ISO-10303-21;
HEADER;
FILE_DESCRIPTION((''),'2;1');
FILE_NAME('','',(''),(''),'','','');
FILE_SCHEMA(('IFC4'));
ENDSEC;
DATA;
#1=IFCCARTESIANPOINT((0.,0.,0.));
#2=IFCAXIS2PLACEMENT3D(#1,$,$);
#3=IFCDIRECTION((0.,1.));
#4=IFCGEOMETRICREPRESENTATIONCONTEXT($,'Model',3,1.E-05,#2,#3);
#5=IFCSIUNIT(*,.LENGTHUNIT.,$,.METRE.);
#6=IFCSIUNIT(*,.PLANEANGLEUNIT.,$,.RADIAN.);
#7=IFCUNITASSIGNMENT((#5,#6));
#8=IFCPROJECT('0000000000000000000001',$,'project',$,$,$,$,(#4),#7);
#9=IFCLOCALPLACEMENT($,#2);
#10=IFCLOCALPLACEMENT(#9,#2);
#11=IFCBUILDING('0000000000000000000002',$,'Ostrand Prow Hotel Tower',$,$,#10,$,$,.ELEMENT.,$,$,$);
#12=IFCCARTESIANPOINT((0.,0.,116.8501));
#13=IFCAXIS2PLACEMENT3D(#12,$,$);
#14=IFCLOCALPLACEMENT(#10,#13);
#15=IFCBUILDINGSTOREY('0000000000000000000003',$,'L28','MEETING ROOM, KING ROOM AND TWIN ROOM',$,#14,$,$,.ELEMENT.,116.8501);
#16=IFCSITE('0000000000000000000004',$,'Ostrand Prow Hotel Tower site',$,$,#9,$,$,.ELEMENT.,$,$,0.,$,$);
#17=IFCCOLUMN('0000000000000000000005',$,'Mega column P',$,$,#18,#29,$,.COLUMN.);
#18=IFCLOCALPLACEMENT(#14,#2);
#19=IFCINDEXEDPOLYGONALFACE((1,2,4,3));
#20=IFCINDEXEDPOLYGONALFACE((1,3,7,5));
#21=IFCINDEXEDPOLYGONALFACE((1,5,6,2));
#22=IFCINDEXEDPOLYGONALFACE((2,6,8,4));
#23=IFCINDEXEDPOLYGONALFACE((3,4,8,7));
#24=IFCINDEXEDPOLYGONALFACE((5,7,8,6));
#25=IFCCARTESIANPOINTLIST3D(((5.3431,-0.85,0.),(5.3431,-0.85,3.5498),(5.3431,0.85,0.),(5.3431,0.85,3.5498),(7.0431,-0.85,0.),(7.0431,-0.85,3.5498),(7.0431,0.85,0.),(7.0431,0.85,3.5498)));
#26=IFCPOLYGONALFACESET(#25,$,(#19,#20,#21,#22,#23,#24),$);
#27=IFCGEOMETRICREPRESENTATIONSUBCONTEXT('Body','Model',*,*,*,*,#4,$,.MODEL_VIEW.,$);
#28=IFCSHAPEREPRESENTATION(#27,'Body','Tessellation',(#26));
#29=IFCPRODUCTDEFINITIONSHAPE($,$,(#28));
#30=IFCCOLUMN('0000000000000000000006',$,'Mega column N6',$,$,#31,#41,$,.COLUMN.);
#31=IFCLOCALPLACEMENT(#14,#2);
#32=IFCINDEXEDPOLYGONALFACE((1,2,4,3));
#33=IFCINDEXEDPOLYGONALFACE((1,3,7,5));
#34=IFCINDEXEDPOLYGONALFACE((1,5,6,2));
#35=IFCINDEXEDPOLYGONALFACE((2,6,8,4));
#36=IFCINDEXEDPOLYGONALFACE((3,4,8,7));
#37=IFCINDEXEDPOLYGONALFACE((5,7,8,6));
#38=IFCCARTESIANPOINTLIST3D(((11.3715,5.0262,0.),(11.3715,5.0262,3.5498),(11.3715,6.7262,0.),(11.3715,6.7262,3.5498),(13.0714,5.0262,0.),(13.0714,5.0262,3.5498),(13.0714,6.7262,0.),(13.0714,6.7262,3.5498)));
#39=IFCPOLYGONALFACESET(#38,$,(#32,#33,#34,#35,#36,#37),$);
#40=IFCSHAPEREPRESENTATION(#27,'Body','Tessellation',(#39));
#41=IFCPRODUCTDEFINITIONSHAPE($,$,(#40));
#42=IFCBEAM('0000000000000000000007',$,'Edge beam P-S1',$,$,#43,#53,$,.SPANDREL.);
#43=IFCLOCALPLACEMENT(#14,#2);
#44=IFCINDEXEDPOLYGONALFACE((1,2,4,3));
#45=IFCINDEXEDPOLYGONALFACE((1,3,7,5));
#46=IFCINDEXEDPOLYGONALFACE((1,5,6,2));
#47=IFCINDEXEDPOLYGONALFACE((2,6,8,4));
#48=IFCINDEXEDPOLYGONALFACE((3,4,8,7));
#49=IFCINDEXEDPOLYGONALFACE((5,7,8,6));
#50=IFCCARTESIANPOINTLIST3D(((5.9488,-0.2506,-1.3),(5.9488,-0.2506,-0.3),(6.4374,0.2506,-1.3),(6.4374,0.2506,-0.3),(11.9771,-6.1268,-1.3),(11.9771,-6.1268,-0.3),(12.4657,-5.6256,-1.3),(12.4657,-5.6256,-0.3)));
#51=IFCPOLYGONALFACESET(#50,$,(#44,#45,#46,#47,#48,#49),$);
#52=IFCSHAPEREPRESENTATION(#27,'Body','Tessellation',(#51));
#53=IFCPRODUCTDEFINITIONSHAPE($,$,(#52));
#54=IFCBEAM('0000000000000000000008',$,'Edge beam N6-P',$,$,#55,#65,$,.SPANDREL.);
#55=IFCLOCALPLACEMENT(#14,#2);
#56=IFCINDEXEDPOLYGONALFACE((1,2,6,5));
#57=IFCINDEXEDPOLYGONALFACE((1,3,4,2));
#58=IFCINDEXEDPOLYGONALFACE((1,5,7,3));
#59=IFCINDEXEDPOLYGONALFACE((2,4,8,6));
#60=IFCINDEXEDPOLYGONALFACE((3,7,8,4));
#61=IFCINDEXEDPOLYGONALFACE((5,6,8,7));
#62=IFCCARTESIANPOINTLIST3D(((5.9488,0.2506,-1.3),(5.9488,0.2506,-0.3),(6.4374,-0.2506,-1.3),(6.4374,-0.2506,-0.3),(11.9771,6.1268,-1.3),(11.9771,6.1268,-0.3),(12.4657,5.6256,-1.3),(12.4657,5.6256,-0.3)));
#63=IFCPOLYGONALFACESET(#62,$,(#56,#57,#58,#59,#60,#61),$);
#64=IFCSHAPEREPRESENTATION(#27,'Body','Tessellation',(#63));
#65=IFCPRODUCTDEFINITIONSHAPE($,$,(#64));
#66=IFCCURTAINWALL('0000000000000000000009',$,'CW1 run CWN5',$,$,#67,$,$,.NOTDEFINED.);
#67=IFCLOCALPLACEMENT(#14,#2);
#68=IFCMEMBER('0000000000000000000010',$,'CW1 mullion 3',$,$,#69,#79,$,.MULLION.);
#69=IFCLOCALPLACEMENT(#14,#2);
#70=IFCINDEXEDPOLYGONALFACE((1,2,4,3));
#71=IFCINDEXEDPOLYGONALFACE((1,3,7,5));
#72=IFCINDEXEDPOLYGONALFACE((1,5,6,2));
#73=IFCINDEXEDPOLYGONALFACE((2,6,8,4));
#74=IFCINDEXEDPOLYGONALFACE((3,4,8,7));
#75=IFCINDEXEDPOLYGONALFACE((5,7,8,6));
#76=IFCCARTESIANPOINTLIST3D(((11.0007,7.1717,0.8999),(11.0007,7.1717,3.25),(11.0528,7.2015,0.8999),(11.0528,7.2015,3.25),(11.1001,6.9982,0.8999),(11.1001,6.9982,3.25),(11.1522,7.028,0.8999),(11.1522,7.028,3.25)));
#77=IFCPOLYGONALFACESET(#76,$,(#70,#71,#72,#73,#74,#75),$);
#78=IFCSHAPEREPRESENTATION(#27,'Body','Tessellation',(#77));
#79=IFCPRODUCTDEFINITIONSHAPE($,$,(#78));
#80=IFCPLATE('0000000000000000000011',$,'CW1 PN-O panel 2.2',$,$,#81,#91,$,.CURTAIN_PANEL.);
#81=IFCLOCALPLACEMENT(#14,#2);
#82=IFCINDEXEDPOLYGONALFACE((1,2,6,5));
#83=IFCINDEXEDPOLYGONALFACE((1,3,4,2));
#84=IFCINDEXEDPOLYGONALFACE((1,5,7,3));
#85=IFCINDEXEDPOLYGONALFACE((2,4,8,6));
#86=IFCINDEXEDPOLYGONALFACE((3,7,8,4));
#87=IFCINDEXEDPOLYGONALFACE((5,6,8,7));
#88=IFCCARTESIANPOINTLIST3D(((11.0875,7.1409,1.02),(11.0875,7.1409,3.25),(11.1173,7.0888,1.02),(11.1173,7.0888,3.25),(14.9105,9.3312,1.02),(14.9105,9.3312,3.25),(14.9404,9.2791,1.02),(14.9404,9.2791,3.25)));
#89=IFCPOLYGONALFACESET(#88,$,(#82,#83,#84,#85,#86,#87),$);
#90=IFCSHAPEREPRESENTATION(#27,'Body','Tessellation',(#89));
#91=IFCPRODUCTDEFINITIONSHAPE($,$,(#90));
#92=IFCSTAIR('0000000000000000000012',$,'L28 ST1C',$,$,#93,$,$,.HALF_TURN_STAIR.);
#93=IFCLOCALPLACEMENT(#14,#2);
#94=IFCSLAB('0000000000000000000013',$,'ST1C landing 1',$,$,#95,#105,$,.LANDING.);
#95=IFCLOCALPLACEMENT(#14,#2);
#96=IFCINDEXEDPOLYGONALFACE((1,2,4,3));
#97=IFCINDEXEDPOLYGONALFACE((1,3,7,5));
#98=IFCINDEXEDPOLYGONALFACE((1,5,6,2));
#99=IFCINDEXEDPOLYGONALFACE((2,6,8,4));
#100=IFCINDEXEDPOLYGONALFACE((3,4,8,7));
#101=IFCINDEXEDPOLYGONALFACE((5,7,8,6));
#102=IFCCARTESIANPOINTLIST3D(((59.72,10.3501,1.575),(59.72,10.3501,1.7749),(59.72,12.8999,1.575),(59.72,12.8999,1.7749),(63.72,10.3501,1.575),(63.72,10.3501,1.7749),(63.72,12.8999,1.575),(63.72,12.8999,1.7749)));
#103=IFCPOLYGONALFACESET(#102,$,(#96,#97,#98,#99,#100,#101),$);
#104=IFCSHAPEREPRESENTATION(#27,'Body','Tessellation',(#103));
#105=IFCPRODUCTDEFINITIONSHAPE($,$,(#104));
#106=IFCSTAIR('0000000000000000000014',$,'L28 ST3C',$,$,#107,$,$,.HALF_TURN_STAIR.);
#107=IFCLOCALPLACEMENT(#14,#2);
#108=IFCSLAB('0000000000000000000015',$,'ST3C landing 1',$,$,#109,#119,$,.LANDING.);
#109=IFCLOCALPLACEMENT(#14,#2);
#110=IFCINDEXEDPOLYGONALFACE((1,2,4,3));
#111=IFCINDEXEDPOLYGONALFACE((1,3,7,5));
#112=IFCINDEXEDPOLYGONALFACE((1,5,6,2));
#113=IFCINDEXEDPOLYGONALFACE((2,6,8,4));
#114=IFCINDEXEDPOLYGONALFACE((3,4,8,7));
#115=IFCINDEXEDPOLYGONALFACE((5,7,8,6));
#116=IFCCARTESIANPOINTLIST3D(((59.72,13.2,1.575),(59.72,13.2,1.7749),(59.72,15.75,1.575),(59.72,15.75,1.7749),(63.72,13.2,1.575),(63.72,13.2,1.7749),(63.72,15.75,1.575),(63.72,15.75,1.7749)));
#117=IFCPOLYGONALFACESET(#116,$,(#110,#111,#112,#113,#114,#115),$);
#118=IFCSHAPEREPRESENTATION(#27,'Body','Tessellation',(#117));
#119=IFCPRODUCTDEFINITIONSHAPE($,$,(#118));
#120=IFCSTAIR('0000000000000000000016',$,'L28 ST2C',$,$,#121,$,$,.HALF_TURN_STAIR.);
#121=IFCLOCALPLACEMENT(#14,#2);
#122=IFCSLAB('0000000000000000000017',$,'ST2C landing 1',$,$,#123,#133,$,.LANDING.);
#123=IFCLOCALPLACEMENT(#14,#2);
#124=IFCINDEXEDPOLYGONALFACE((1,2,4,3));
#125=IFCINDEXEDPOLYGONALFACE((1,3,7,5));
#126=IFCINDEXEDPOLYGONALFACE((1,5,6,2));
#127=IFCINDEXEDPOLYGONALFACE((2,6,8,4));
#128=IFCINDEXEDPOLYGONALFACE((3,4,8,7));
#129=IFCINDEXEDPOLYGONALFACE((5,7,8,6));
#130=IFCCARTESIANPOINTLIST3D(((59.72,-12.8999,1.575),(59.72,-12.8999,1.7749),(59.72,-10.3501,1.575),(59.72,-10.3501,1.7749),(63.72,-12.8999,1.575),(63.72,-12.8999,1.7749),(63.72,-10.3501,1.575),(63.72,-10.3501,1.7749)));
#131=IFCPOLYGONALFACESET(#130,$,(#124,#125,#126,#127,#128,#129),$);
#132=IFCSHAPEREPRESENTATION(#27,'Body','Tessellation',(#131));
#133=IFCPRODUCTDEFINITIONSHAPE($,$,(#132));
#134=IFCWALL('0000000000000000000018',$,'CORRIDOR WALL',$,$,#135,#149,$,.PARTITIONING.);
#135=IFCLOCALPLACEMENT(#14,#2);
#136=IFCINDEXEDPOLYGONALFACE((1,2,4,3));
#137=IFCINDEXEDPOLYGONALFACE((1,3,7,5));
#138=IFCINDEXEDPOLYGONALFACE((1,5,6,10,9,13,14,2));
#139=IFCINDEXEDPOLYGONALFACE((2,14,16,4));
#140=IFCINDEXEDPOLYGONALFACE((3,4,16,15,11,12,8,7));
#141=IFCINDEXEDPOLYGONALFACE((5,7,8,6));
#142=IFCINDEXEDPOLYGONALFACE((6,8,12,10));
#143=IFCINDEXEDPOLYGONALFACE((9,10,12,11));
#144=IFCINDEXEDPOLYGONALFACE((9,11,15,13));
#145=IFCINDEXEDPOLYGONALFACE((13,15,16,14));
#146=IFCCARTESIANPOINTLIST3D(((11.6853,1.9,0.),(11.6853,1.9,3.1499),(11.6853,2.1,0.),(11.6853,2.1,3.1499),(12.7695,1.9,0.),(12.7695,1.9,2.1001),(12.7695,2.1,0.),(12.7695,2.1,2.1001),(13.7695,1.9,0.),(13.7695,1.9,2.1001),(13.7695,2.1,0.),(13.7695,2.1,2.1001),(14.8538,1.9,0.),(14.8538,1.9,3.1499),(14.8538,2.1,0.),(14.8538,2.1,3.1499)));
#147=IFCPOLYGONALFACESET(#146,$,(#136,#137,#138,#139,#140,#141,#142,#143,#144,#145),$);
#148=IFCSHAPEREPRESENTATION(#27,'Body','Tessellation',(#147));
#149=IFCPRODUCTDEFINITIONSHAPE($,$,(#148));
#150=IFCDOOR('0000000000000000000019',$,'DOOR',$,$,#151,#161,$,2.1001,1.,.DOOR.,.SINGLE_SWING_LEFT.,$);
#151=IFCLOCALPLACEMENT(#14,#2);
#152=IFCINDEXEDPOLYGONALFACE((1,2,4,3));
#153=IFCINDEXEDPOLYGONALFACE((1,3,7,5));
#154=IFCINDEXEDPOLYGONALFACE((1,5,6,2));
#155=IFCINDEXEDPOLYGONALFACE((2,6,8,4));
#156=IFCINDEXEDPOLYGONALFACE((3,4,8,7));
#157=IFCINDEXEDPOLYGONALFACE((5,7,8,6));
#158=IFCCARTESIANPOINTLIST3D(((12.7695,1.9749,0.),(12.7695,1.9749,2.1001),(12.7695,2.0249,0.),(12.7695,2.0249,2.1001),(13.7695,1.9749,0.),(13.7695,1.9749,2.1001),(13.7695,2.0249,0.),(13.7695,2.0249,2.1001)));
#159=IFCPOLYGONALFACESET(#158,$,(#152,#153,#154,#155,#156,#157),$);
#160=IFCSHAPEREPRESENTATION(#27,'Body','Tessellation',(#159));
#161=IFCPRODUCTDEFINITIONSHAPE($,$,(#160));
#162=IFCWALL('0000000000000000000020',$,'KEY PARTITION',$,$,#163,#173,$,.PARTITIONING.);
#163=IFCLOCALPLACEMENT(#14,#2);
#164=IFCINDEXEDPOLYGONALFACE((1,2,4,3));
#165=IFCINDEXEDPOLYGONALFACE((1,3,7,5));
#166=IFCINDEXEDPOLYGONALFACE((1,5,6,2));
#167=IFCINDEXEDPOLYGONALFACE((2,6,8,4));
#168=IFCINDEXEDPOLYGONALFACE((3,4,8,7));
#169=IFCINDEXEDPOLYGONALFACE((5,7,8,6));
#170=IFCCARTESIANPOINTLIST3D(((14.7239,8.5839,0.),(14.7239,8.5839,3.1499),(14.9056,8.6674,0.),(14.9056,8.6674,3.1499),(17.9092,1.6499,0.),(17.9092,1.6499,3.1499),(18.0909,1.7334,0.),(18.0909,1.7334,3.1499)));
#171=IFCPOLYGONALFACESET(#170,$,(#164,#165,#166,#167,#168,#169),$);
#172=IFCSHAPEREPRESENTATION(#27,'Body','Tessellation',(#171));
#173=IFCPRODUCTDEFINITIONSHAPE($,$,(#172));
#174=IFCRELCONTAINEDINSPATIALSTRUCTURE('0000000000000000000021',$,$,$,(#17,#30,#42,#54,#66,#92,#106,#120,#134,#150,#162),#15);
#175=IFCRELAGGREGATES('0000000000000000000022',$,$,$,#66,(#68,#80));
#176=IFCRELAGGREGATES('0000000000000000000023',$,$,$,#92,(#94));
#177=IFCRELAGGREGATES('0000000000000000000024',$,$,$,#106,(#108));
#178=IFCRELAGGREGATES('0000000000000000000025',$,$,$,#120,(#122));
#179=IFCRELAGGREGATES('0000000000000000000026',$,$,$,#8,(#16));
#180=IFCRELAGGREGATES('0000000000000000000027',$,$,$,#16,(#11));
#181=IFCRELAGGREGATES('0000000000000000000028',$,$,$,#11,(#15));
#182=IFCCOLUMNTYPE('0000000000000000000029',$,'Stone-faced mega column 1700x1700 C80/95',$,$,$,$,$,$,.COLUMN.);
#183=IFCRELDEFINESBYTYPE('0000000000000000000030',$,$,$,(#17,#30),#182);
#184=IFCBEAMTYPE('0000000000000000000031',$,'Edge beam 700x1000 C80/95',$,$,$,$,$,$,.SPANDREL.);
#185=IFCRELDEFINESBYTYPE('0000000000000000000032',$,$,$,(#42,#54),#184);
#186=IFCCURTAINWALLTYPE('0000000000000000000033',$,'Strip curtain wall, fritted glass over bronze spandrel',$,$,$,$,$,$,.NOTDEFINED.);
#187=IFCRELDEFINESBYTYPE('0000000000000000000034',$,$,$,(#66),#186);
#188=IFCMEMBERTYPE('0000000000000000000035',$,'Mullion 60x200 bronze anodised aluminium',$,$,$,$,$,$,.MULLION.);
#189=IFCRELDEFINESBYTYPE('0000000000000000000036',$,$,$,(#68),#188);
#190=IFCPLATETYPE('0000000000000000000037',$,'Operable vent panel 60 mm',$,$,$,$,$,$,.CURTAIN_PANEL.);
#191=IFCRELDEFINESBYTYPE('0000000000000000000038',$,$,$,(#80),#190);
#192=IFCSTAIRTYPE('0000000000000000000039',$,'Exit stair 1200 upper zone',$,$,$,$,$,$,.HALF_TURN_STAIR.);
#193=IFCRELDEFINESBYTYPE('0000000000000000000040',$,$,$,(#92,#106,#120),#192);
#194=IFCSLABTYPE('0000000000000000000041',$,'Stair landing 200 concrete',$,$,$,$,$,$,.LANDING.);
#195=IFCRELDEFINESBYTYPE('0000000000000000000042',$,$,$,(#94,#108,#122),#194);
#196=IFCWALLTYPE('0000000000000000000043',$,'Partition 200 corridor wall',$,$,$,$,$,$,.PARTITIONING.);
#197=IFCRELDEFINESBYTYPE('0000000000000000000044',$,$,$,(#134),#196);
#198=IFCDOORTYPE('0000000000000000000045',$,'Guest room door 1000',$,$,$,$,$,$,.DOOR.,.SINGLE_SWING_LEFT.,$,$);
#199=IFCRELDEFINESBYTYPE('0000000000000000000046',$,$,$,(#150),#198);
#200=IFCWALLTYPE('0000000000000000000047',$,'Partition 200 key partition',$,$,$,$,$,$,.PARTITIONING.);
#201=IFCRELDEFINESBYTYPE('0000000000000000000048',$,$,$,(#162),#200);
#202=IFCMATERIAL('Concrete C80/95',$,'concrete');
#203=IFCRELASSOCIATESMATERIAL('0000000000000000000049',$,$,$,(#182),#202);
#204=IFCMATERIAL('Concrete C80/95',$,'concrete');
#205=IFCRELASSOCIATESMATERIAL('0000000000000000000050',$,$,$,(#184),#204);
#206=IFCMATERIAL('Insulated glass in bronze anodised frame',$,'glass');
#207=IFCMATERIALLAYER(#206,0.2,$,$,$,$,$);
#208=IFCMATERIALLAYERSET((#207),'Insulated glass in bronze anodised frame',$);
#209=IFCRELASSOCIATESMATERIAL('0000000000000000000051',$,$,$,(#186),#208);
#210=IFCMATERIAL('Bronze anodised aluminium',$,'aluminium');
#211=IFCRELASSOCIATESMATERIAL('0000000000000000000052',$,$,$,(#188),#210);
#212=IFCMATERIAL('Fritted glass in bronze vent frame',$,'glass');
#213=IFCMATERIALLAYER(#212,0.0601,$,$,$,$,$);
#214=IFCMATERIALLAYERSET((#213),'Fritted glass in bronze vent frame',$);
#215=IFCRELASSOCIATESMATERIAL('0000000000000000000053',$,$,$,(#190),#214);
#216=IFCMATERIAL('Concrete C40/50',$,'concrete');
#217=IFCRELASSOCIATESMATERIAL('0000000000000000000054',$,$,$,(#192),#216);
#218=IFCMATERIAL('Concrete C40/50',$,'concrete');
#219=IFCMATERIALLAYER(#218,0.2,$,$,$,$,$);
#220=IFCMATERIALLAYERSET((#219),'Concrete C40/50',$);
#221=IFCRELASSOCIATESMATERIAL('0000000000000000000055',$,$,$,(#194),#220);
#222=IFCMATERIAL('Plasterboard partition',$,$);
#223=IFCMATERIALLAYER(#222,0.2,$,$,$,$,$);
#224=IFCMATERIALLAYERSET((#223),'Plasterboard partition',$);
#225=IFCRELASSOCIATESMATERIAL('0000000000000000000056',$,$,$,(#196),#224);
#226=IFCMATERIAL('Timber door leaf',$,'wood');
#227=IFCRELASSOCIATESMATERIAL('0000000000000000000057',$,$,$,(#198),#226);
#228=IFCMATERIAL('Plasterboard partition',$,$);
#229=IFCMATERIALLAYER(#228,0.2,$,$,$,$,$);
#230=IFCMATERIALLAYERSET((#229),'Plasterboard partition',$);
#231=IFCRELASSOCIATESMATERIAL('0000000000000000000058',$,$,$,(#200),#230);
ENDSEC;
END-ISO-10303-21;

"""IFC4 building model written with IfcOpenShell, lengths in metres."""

from ifc_helpers import new_model, si_unit, direction, frame, frame_2d, origin, origin_2d, place, context, subcontext, project, spatial, polyline, rectangle, outline, extrude, material, layer, layer_set, material_profile, profile_set, type_object, element, fill, aggregate, save


model = new_model("IFC4")

# Units and contexts
model_context = context("Model", 3, precision=1e-05, world=origin(), true_north=direction((0.0, 1.0)))
body_context = subcontext(model_context, "Body", "Model", "MODEL_VIEW")
ifc_project = project(units=[si_unit("LENGTHUNIT", "METRE"), si_unit("PLANEANGLEUNIT", "RADIAN")], contexts=[model_context])

# Site, building, storey
site_placement = place(None, origin())
site = spatial("IfcSite", under=ifc_project, at=site_placement, Name="Ostrand Prow Hotel Tower site", CompositionType="ELEMENT", RefElevation=0.0)
building_placement = place(site_placement, origin())
building = spatial("IfcBuilding", under=site, at=building_placement, Name="Ostrand Prow Hotel Tower", CompositionType="ELEMENT")
storey_placement = place(building_placement, frame((0.0, 0.0, 116.8501)))
storey = spatial("IfcBuildingStorey", under=building, at=storey_placement, Name="L28", Description="MEETING ROOM, KING ROOM AND TWIN ROOM", CompositionType="ELEMENT", Elevation=116.8501)

# Columns
ifc_material_1 = material(Name="Concrete C80/95", Category="concrete")
ifc_material_profile_1 = material_profile(ifc_material_1, rectangle(XDim=1.7, YDim=1.7, at=origin_2d()), Name="RC 1700x1700")
ifc_profile_set_1 = profile_set([ifc_material_profile_1], Name="Concrete C80/95")
column_type = type_object("IfcColumnType", Name="Stone-faced mega column 1700x1700 C80/95", PredefinedType="COLUMN", material=ifc_profile_set_1)
for number, where, z_axis, x_axis, name in (
    (1, (6.1931, 0.0, 0.0), (0.0, 0.0, 1.0), (1.0, 0.0, 0.0), "Mega column P"),
    (2, (12.2214, 5.8762, 0.0), (0.0, 0.0, 1.0), (1.0, 0.0, 0.0), "Mega column N6"),
):
    element("IfcColumn", number, at=place(storey_placement, frame(where, z_axis=z_axis, x_axis=x_axis)), inside=storey, type_object=column_type, Name=name, PredefinedType="COLUMN", context=body_context, shape_type="SweptSolid", body=[
        extrude(rectangle(XDim=1.7, YDim=1.7, at=origin_2d()), origin(), (0.0, 0.0, 1.0), 3.5498),
    ])

# Beams
ifc_material_2 = material(Name="Concrete C80/95", Category="concrete")
ifc_material_profile_2 = material_profile(ifc_material_2, rectangle(XDim=0.7, YDim=1.0, at=origin_2d()), Name="RC 700x1000")
ifc_profile_set_2 = profile_set([ifc_material_profile_2], Name="Concrete C80/95")
beam_type = type_object("IfcBeamType", Name="Edge beam 700x1000 C80/95", PredefinedType="SPANDREL", material=ifc_profile_set_2)
for number, where, z_axis, x_axis, name in (
    (3, (6.1931, 0.0, -0.8), (0.716083, -0.698015, 0.0), (0.698015, 0.716083, 0.0), "Edge beam P-S1"),
    (4, (12.2214, 5.8762, -0.8), (-0.716083, -0.698015, 0.0), (0.698015, -0.716083, 0.0), "Edge beam N6-P"),
):
    element("IfcBeam", number, at=place(storey_placement, frame(where, z_axis=z_axis, x_axis=x_axis)), inside=storey, type_object=beam_type, Name=name, PredefinedType="SPANDREL", context=body_context, shape_type="SweptSolid", body=[
        extrude(rectangle(XDim=0.7, YDim=1.0, at=origin_2d()), origin(), (0.0, 0.0, 1.0), 8.4185),
    ])

# Curtain wall, member, plate
ifc_material_3 = material(Name="Insulated glass in bronze anodised frame", Category="glass")
ifc_layer_1 = layer(ifc_material_3, 0.2)
ifc_layer_set_1 = layer_set([ifc_layer_1], Name="Insulated glass in bronze anodised frame")
curtain_wall_type = type_object("IfcCurtainWallType", Name="Strip curtain wall, fritted glass over bronze spandrel", PredefinedType="NOTDEFINED", material=ifc_layer_set_1)
curtain_wall_placement = place(storey_placement, origin())
curtain_wall = element("IfcCurtainWall", 5, at=curtain_wall_placement, inside=storey, type_object=curtain_wall_type, Name="CW1 run CWN5", PredefinedType="NOTDEFINED")
ifc_material_4 = material(Name="Bronze anodised aluminium", Category="aluminium")
ifc_material_profile_3 = material_profile(ifc_material_4, rectangle(XDim=0.2, YDim=0.0601, at=origin_2d()), Name="Mullion 60x200 bronze anodised aluminium")
ifc_profile_set_3 = profile_set([ifc_material_profile_3], Name="Bronze anodised aluminium")
member_type = type_object("IfcMemberType", Name="Mullion 60x200 bronze anodised aluminium", PredefinedType="MULLION", material=ifc_profile_set_3)
member_placement = place(storey_placement, frame((11.0764, 7.0999, 0.8999), z_axis=(0.0, 0.0, 1.0), x_axis=(0.497115, -0.867685, 0.0)))
member = element("IfcMember", 6, at=member_placement, type_object=member_type, Name="CW1 mullion 3", PredefinedType="MULLION", context=body_context, shape_type="SweptSolid", body=[
    extrude(rectangle(XDim=0.2, YDim=0.0601, at=origin_2d()), origin(), (0.0, 0.0, 1.0), 2.3501),
])
ifc_material_5 = material(Name="Fritted glass in bronze vent frame", Category="glass")
ifc_layer_2 = layer(ifc_material_5, 0.0601)
ifc_layer_set_2 = layer_set([ifc_layer_2], Name="Fritted glass in bronze vent frame")
plate_type = type_object("IfcPlateType", Name="Operable vent panel 60 mm", PredefinedType="CURTAIN_PANEL", material=ifc_layer_set_2)
plate_placement = place(storey_placement, frame((13.0139, 8.21, 1.02), z_axis=(0.0, 0.0, 1.0), x_axis=(-0.867685, -0.497115, 0.0)))
plate = element("IfcPlate", 7, at=plate_placement, type_object=plate_type, Name="CW1 PN-O panel 2.2", PredefinedType="CURTAIN_PANEL", context=body_context, shape_type="SweptSolid", body=[
    extrude(rectangle(XDim=4.406, YDim=0.0601, at=origin_2d()), origin(), (0.0, 0.0, 1.0), 2.23),
])
aggregate(curtain_wall, [member, plate])

# Stairs, slabs
ifc_material_6 = material(Name="Concrete C40/50", Category="concrete")
stair_type = type_object("IfcStairType", Name="Exit stair 1200 upper zone", PredefinedType="HALF_TURN_STAIR", material=ifc_material_6)
stair_1_placement = place(storey_placement, origin())
stair_1 = element("IfcStair", 8, at=stair_1_placement, inside=storey, type_object=stair_type, Name="L28 ST1C", PredefinedType="HALF_TURN_STAIR")
ifc_material_7 = material(Name="Concrete C40/50", Category="concrete")
ifc_layer_3 = layer(ifc_material_7, 0.2)
ifc_layer_set_3 = layer_set([ifc_layer_3], Name="Concrete C40/50")
slab_type = type_object("IfcSlabType", Name="Stair landing 200 concrete", PredefinedType="LANDING", material=ifc_layer_set_3)
slab_1_placement = place(storey_placement, frame((0.0, 0.0, 1.575)))
slab_1 = element("IfcSlab", 9, at=slab_1_placement, type_object=slab_type, Name="ST1C landing 1", PredefinedType="LANDING", context=body_context, shape_type="SweptSolid", body=[
    extrude(outline(polyline([(59.72, 10.3501), (63.72, 10.3501), (63.72, 12.8999), (59.72, 12.8999), (59.72, 10.3501)])), origin(), (0.0, 0.0, 1.0), 0.2),
])
aggregate(stair_1, [slab_1])
stair_2_placement = place(storey_placement, origin())
stair_2 = element("IfcStair", 10, at=stair_2_placement, inside=storey, type_object=stair_type, Name="L28 ST3C", PredefinedType="HALF_TURN_STAIR")
slab_2_placement = place(storey_placement, frame((0.0, 0.0, 1.575)))
slab_2 = element("IfcSlab", 11, at=slab_2_placement, type_object=slab_type, Name="ST3C landing 1", PredefinedType="LANDING", context=body_context, shape_type="SweptSolid", body=[
    extrude(outline(polyline([(59.72, 13.2), (63.72, 13.2), (63.72, 15.75), (59.72, 15.75), (59.72, 13.2)])), origin(), (0.0, 0.0, 1.0), 0.2),
])
aggregate(stair_2, [slab_2])
stair_3_placement = place(storey_placement, origin())
stair_3 = element("IfcStair", 12, at=stair_3_placement, inside=storey, type_object=stair_type, Name="L28 ST2C", PredefinedType="HALF_TURN_STAIR")
slab_3_placement = place(storey_placement, frame((0.0, 0.0, 1.575)))
slab_3 = element("IfcSlab", 13, at=slab_3_placement, type_object=slab_type, Name="ST2C landing 1", PredefinedType="LANDING", context=body_context, shape_type="SweptSolid", body=[
    extrude(outline(polyline([(59.72, -12.8999), (63.72, -12.8999), (63.72, -10.3501), (59.72, -10.3501), (59.72, -12.8999)])), origin(), (0.0, 0.0, 1.0), 0.2),
])
aggregate(stair_3, [slab_3])

# Wall, opening, door
ifc_material_8 = material(Name="Plasterboard partition")
ifc_layer_4 = layer(ifc_material_8, 0.2)
ifc_layer_set_4 = layer_set([ifc_layer_4], Name="Plasterboard partition")
wall_type_1 = type_object("IfcWallType", Name="Partition 200 corridor wall", PredefinedType="PARTITIONING", material=ifc_layer_set_4)
wall_1_placement = place(storey_placement, frame((11.6853, 2.0, 0.0), z_axis=(0.0, 0.0, 1.0), x_axis=(1.0, 0.0, 0.0)))
wall_1 = element("IfcWall", 14, at=wall_1_placement, inside=storey, type_object=wall_type_1, Name="CORRIDOR WALL", PredefinedType="PARTITIONING", context=body_context, shape_type="SweptSolid", body=[
    extrude(rectangle(XDim=3.1685, YDim=0.2, at=frame_2d((1.5842, 0.0))), origin(), (0.0, 0.0, 1.0), 3.1499),
])
opening_1_placement = place(wall_1_placement, frame((1.0842, 0.0, 0.0)))
opening_1 = element("IfcOpeningElement", 15, at=opening_1_placement, cuts=wall_1, PredefinedType="OPENING", context=body_context, shape_type="SweptSolid", body=[
    extrude(rectangle(XDim=1.0, YDim=2.1001, at=frame_2d((0.5, 1.05))), frame((0.0, 0.1099, 0.0), z_axis=(0.0, -1.0, 0.0), x_axis=(1.0, 0.0, 0.0)), (0.0, 0.0, 1.0), 0.22),
])
ifc_material_9 = material(Name="Timber door leaf", Category="wood")
door_type = type_object("IfcDoorType", Name="Guest room door 1000", OperationType="SINGLE_SWING_LEFT", PredefinedType="DOOR", material=ifc_material_9)
door_placement = place(opening_1_placement, origin())
door = element("IfcDoor", 16, at=door_placement, inside=storey, type_object=door_type, Name="DOOR", OperationType="SINGLE_SWING_LEFT", OverallHeight=2.1001, OverallWidth=1.0, PredefinedType="DOOR", context=body_context, shape_type="SweptSolid", body=[
    extrude(rectangle(XDim=1.0, YDim=2.1001, at=frame_2d((0.5, 1.05))), frame((0.0, 0.0249, 0.0), z_axis=(0.0, -1.0, 0.0), x_axis=(1.0, 0.0, 0.0)), (0.0, 0.0, 1.0), 0.05),
])
fill(opening_1, door)

# Wall
ifc_material_10 = material(Name="Plasterboard partition")
ifc_layer_5 = layer(ifc_material_10, 0.2)
ifc_layer_set_5 = layer_set([ifc_layer_5], Name="Plasterboard partition")
wall_type_2 = type_object("IfcWallType", Name="Partition 200 key partition", PredefinedType="PARTITIONING", material=ifc_layer_set_5)
wall_2_placement = place(storey_placement, frame((14.8147, 8.6257, 0.0), z_axis=(0.0, 0.0, 1.0), x_axis=(0.417432, -0.908708, 0.0)))
element("IfcWall", 17, at=wall_2_placement, inside=storey, type_object=wall_type_2, Name="KEY PARTITION", PredefinedType="PARTITIONING", context=body_context, shape_type="SweptSolid", body=[
    extrude(rectangle(XDim=7.6306, YDim=0.2, at=frame_2d((3.8154, 0.0))), origin(), (0.0, 0.0, 1.0), 3.1499),
])

save(model, "model.ifc")
